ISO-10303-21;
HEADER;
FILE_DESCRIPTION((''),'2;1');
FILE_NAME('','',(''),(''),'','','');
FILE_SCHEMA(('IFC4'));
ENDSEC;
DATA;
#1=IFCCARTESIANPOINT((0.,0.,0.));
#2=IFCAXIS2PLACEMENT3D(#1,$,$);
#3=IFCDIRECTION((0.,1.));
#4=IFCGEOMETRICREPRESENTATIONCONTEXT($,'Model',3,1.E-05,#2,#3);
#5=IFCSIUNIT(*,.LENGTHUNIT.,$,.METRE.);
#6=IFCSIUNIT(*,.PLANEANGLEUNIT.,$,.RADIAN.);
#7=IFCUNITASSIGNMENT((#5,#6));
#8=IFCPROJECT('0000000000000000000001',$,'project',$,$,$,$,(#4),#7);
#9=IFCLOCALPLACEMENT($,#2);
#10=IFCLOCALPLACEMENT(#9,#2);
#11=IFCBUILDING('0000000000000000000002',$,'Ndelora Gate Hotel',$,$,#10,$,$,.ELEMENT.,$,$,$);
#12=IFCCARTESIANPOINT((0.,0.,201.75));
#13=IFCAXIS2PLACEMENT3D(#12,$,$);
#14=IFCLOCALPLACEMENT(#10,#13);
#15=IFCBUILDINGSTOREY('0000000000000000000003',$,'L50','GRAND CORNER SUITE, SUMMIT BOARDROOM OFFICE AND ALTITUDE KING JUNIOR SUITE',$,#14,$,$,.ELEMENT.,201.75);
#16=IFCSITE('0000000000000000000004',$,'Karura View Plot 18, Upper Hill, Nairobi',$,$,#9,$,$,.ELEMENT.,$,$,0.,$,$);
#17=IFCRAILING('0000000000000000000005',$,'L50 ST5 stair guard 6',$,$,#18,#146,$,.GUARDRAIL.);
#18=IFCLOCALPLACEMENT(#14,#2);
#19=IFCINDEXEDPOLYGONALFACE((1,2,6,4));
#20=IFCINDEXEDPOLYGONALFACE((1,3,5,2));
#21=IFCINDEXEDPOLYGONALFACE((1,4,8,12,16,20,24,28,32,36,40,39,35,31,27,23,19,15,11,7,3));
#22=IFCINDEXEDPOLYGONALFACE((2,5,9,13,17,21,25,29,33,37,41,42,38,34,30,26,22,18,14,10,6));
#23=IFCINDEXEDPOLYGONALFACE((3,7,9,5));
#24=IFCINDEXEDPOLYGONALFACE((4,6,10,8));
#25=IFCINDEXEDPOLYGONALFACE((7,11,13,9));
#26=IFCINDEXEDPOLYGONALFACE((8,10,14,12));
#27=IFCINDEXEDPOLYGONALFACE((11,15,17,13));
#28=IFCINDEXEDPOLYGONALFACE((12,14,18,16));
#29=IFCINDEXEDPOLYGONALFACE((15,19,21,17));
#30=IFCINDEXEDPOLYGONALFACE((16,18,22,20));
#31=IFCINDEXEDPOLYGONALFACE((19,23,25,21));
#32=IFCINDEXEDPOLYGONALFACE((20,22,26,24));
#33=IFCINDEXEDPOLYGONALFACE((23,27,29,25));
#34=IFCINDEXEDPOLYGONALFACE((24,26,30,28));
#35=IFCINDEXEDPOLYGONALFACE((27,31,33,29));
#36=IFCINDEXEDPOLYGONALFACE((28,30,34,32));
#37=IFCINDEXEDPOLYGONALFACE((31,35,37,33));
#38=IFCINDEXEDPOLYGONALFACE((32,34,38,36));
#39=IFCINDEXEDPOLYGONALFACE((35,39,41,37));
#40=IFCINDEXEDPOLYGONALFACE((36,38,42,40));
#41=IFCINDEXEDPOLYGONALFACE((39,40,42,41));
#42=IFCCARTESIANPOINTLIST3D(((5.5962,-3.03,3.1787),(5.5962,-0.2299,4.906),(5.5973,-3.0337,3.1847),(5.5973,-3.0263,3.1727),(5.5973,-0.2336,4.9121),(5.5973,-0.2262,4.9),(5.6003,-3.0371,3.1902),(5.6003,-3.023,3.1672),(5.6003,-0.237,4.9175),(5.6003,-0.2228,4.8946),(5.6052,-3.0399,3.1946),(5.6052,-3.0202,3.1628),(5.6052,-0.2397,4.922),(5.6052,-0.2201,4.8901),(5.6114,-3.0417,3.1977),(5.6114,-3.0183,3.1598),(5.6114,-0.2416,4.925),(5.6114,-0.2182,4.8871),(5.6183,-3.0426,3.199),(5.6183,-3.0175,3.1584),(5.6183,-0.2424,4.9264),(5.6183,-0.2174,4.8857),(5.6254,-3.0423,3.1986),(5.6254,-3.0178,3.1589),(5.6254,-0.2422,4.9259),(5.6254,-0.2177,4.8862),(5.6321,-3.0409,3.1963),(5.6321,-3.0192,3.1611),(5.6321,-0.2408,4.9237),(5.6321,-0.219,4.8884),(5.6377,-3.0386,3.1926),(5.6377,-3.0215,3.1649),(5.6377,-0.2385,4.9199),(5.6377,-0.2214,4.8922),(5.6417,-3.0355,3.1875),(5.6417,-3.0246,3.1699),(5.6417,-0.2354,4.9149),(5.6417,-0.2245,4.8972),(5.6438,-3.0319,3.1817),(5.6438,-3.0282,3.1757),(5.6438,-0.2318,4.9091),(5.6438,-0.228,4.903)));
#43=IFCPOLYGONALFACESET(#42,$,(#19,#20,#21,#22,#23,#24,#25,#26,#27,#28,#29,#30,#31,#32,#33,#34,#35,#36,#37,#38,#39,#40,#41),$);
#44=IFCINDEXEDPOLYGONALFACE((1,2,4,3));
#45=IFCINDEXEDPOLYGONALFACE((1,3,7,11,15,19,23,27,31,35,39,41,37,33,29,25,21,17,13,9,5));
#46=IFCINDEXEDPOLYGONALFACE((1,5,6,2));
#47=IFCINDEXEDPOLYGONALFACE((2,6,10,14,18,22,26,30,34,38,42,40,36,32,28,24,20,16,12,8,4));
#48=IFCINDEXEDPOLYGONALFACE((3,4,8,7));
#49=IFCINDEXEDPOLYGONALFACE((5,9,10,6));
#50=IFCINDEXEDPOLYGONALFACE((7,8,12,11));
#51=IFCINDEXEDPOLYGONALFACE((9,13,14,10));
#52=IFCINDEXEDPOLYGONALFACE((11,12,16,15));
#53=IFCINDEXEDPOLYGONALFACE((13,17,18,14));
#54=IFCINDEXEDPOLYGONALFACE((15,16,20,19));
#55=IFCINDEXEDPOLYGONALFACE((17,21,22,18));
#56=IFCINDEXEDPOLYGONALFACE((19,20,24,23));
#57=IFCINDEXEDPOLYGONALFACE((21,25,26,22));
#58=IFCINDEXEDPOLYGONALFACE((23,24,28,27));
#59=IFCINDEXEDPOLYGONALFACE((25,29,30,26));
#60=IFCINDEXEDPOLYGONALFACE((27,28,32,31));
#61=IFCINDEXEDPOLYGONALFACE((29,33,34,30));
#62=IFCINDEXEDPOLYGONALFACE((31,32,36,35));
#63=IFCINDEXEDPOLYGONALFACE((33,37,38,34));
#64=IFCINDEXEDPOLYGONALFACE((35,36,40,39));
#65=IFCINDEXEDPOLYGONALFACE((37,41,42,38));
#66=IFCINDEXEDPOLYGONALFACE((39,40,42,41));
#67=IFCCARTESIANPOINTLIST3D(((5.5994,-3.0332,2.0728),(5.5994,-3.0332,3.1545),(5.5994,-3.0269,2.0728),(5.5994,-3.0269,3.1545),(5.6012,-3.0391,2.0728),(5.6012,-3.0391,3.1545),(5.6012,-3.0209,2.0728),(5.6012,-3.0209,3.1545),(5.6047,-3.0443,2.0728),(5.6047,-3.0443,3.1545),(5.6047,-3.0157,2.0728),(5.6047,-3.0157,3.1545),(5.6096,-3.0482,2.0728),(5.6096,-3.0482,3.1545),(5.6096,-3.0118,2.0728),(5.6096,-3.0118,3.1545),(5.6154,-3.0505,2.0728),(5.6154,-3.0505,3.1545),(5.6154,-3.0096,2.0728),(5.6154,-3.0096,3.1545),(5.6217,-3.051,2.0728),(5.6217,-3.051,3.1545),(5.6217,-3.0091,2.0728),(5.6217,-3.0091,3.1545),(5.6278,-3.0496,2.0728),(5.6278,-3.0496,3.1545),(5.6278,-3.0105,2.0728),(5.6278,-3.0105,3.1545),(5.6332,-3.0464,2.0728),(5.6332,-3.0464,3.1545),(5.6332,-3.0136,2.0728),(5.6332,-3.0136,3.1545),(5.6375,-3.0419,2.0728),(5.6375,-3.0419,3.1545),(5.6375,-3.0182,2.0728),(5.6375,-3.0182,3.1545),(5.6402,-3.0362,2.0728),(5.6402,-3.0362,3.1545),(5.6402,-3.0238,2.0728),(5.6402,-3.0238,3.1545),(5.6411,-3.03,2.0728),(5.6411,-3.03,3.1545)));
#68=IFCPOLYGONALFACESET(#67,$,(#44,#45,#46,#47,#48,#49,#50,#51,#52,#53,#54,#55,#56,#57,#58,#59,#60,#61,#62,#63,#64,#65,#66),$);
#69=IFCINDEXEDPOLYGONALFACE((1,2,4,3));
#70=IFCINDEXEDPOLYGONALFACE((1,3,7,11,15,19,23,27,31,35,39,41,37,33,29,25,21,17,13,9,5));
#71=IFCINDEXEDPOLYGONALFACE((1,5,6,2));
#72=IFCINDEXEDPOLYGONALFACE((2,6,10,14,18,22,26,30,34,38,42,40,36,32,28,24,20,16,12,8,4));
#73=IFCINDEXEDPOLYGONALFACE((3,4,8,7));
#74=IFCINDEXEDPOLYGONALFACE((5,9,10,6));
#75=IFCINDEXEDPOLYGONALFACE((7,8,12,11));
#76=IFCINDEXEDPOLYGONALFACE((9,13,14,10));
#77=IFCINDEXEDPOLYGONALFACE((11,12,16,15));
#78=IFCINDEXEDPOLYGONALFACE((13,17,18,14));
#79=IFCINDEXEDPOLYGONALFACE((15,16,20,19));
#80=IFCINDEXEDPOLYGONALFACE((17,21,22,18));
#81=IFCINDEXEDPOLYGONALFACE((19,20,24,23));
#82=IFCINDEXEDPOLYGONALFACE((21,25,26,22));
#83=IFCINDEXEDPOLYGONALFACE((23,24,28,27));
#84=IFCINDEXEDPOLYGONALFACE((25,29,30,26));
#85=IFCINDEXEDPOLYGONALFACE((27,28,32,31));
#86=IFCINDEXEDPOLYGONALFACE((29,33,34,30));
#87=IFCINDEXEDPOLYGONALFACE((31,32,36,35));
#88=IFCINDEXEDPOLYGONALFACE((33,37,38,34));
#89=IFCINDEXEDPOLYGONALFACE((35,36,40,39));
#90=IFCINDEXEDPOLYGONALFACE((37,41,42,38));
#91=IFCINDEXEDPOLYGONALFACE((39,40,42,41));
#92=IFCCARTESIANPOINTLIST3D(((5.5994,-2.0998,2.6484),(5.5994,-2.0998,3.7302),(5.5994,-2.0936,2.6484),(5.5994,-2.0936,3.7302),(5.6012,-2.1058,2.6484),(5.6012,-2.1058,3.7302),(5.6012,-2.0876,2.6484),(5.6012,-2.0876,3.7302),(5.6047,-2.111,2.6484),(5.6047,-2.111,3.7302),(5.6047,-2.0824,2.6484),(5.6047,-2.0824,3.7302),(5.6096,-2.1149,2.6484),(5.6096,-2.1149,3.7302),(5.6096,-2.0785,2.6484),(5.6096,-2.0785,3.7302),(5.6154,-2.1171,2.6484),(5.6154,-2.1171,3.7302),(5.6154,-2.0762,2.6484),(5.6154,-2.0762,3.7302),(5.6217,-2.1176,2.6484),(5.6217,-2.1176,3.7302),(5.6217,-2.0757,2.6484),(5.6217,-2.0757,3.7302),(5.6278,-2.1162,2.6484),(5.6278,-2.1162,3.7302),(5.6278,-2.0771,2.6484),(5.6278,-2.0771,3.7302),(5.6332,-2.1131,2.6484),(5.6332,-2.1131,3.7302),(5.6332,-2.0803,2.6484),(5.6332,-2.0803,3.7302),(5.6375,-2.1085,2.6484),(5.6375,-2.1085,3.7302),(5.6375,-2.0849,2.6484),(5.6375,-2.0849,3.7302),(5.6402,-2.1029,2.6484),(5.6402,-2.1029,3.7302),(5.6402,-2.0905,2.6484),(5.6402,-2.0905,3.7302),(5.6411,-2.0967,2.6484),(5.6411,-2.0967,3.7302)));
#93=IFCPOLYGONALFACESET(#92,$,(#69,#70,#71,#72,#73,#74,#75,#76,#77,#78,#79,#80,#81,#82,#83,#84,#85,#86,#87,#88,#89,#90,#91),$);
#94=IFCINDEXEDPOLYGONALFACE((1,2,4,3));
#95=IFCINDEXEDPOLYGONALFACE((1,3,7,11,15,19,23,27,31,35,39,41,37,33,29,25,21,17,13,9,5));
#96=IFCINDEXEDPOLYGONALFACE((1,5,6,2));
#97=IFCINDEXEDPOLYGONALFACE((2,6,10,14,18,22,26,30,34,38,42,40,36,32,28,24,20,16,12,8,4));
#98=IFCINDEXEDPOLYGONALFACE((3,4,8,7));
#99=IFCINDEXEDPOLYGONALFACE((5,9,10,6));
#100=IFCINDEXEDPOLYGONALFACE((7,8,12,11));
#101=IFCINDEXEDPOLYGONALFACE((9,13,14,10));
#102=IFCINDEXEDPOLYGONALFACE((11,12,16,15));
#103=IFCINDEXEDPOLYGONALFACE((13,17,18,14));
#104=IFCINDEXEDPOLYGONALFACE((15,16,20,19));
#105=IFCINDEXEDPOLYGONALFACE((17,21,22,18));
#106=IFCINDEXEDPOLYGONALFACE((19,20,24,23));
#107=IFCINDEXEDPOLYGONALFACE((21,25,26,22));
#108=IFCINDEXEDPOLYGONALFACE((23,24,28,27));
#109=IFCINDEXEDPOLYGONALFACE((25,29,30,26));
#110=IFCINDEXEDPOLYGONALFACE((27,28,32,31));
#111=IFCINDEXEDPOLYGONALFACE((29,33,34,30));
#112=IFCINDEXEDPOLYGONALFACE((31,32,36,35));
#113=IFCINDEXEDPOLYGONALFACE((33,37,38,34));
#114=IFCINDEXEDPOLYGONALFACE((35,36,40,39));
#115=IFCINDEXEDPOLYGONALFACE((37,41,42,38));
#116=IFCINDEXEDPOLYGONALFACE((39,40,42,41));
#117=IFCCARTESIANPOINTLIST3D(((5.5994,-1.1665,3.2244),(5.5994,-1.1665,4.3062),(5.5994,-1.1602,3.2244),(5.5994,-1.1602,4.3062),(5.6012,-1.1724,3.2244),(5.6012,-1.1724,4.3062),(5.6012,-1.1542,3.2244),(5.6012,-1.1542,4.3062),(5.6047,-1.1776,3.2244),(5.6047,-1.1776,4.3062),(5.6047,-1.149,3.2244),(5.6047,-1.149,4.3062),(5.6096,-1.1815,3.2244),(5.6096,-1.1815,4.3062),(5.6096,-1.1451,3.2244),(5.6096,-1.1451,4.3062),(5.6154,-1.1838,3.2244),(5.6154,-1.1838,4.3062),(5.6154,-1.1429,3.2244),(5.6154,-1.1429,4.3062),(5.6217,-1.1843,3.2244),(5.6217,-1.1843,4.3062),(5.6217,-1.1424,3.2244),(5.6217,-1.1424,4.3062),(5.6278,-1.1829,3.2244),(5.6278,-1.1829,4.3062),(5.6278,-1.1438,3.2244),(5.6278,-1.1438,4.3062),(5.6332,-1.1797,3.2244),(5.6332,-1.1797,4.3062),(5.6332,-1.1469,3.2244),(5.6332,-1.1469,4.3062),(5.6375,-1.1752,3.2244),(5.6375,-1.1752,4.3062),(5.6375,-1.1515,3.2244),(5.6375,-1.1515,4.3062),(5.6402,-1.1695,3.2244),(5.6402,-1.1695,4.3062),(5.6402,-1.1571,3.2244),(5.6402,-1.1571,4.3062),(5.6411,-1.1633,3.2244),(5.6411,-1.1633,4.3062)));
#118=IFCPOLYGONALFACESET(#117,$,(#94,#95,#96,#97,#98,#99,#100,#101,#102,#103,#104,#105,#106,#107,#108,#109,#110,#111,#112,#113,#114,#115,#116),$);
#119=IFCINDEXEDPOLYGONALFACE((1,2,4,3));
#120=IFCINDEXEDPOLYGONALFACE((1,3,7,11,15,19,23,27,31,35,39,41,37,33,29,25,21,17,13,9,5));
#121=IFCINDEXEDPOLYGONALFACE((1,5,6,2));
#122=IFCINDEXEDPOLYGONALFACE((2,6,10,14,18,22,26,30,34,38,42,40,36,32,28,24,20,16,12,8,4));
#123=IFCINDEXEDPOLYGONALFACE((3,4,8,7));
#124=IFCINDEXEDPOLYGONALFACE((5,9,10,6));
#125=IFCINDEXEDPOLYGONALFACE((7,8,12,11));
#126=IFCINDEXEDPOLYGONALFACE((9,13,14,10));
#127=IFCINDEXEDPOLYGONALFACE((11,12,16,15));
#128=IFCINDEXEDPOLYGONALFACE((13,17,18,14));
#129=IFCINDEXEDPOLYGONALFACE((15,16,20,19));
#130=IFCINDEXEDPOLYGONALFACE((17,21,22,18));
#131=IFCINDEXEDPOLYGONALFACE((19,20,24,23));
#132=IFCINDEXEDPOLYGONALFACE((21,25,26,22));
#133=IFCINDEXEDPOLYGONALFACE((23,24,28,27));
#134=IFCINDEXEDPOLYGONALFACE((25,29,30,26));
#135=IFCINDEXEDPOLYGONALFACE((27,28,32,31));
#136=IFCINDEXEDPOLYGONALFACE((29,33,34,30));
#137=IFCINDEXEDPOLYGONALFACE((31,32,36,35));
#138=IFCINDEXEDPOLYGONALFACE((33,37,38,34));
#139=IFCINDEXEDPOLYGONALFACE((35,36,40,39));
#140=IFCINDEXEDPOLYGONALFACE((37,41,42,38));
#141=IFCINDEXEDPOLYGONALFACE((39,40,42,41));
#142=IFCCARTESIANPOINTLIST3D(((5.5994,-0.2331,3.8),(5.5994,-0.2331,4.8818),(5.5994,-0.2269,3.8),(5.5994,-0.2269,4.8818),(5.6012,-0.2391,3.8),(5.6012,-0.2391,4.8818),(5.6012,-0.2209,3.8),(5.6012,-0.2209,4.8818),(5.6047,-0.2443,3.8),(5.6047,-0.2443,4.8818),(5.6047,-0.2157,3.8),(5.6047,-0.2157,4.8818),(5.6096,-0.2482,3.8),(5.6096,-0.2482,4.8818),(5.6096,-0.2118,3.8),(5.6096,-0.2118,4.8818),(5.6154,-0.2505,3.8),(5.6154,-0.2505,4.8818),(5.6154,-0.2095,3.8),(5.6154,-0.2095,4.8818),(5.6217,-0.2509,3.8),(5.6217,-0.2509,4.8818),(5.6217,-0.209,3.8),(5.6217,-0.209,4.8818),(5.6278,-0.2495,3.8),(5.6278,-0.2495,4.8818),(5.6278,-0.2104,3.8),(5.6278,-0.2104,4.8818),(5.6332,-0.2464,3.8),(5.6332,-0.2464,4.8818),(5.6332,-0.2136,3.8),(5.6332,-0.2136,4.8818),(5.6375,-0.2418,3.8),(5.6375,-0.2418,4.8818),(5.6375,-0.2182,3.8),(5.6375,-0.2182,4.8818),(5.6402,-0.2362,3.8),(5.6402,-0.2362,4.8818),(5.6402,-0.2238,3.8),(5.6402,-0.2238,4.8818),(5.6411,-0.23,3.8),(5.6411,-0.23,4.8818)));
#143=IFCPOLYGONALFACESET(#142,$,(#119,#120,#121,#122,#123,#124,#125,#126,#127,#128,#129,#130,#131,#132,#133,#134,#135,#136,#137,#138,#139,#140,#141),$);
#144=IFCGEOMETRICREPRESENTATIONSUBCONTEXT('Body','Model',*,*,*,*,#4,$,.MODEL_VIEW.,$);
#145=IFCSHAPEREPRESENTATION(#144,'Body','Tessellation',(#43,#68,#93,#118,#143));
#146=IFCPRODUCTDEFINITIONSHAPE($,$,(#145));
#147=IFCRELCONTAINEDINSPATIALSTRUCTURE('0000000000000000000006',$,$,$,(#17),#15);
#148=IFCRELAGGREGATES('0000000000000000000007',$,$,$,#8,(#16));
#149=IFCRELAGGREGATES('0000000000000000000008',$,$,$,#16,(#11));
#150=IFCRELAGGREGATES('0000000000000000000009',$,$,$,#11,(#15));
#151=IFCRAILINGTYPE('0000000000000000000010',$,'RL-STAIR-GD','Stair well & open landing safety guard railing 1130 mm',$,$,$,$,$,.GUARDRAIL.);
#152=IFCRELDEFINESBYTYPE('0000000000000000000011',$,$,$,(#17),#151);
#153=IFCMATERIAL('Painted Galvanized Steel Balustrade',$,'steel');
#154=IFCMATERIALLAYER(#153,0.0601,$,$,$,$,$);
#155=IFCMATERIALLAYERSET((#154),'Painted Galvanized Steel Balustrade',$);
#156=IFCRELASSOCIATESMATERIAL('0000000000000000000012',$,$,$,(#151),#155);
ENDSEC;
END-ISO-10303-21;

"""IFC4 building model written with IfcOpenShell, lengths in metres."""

from ifc_helpers import new_model, si_unit, direction, frame, origin, origin_2d, place, context, subcontext, project, spatial, circle, extrude, material, layer, layer_set, type_object, element, save


model = new_model("IFC4")

# Units and contexts
model_context = context("Model", 3, precision=1e-05, world=origin(), true_north=direction((0.0, 1.0)))
body_context = subcontext(model_context, "Body", "Model", "MODEL_VIEW")
ifc_project = project(units=[si_unit("LENGTHUNIT", "METRE"), si_unit("PLANEANGLEUNIT", "RADIAN")], contexts=[model_context])

# Site, building, storey
site_placement = place(None, origin())
site = spatial("IfcSite", under=ifc_project, at=site_placement, Name="Karura View Plot 18, Upper Hill, Nairobi", CompositionType="ELEMENT", RefElevation=0.0)
building_placement = place(site_placement, origin())
building = spatial("IfcBuilding", under=site, at=building_placement, Name="Ndelora Gate Hotel", CompositionType="ELEMENT")
storey_placement = place(building_placement, frame((0.0, 0.0, 201.75)))
storey = spatial("IfcBuildingStorey", under=building, at=storey_placement, Name="L50", Description="GRAND CORNER SUITE, SUMMIT BOARDROOM OFFICE AND ALTITUDE KING JUNIOR SUITE", CompositionType="ELEMENT", Elevation=201.75)

# Railing
ifc_material_1 = material(Name="Painted Galvanized Steel Balustrade", Category="steel")
ifc_layer_1 = layer(ifc_material_1, 0.0601)
ifc_layer_set_1 = layer_set([ifc_layer_1], Name="Painted Galvanized Steel Balustrade")
railing_type_1 = type_object("IfcRailingType", Name="RL-STAIR-GD", Description="Stair well & open landing safety guard railing 1130 mm", PredefinedType="GUARDRAIL", material=ifc_layer_set_1)
railing_1_placement = place(storey_placement, frame((5.6201, -3.03, 2.0728)))
element("IfcRailing", 1, at=railing_1_placement, inside=storey, type_object=railing_type_1, Name="L50 ST5 stair guard 6", PredefinedType="GUARDRAIL", context=body_context, shape_type="SweptSolid", body=[
    extrude(circle(Radius=0.0239, at=origin_2d()), frame((0.0, 0.0, 1.106), z_axis=(0.0, 0.85109, 0.52502), x_axis=(-1.0, 0.0, 0.0)), (0.0, 0.0, 1.0), 3.29),
    extrude(circle(Radius=0.021, at=origin_2d()), origin(), (0.0, 0.0, 1.0), 1.0818),
    extrude(circle(Radius=0.021, at=origin_2d()), frame((0.0, 0.9333, 0.5757)), (0.0, 0.0, 1.0), 1.0818),
    extrude(circle(Radius=0.021, at=origin_2d()), frame((0.0, 1.8667, 1.1516)), (0.0, 0.0, 1.0), 1.0818),
    extrude(circle(Radius=0.021, at=origin_2d()), frame((0.0, 2.8, 1.7273)), (0.0, 0.0, 1.0), 1.0818),
])

save(model, "model.ifc")
